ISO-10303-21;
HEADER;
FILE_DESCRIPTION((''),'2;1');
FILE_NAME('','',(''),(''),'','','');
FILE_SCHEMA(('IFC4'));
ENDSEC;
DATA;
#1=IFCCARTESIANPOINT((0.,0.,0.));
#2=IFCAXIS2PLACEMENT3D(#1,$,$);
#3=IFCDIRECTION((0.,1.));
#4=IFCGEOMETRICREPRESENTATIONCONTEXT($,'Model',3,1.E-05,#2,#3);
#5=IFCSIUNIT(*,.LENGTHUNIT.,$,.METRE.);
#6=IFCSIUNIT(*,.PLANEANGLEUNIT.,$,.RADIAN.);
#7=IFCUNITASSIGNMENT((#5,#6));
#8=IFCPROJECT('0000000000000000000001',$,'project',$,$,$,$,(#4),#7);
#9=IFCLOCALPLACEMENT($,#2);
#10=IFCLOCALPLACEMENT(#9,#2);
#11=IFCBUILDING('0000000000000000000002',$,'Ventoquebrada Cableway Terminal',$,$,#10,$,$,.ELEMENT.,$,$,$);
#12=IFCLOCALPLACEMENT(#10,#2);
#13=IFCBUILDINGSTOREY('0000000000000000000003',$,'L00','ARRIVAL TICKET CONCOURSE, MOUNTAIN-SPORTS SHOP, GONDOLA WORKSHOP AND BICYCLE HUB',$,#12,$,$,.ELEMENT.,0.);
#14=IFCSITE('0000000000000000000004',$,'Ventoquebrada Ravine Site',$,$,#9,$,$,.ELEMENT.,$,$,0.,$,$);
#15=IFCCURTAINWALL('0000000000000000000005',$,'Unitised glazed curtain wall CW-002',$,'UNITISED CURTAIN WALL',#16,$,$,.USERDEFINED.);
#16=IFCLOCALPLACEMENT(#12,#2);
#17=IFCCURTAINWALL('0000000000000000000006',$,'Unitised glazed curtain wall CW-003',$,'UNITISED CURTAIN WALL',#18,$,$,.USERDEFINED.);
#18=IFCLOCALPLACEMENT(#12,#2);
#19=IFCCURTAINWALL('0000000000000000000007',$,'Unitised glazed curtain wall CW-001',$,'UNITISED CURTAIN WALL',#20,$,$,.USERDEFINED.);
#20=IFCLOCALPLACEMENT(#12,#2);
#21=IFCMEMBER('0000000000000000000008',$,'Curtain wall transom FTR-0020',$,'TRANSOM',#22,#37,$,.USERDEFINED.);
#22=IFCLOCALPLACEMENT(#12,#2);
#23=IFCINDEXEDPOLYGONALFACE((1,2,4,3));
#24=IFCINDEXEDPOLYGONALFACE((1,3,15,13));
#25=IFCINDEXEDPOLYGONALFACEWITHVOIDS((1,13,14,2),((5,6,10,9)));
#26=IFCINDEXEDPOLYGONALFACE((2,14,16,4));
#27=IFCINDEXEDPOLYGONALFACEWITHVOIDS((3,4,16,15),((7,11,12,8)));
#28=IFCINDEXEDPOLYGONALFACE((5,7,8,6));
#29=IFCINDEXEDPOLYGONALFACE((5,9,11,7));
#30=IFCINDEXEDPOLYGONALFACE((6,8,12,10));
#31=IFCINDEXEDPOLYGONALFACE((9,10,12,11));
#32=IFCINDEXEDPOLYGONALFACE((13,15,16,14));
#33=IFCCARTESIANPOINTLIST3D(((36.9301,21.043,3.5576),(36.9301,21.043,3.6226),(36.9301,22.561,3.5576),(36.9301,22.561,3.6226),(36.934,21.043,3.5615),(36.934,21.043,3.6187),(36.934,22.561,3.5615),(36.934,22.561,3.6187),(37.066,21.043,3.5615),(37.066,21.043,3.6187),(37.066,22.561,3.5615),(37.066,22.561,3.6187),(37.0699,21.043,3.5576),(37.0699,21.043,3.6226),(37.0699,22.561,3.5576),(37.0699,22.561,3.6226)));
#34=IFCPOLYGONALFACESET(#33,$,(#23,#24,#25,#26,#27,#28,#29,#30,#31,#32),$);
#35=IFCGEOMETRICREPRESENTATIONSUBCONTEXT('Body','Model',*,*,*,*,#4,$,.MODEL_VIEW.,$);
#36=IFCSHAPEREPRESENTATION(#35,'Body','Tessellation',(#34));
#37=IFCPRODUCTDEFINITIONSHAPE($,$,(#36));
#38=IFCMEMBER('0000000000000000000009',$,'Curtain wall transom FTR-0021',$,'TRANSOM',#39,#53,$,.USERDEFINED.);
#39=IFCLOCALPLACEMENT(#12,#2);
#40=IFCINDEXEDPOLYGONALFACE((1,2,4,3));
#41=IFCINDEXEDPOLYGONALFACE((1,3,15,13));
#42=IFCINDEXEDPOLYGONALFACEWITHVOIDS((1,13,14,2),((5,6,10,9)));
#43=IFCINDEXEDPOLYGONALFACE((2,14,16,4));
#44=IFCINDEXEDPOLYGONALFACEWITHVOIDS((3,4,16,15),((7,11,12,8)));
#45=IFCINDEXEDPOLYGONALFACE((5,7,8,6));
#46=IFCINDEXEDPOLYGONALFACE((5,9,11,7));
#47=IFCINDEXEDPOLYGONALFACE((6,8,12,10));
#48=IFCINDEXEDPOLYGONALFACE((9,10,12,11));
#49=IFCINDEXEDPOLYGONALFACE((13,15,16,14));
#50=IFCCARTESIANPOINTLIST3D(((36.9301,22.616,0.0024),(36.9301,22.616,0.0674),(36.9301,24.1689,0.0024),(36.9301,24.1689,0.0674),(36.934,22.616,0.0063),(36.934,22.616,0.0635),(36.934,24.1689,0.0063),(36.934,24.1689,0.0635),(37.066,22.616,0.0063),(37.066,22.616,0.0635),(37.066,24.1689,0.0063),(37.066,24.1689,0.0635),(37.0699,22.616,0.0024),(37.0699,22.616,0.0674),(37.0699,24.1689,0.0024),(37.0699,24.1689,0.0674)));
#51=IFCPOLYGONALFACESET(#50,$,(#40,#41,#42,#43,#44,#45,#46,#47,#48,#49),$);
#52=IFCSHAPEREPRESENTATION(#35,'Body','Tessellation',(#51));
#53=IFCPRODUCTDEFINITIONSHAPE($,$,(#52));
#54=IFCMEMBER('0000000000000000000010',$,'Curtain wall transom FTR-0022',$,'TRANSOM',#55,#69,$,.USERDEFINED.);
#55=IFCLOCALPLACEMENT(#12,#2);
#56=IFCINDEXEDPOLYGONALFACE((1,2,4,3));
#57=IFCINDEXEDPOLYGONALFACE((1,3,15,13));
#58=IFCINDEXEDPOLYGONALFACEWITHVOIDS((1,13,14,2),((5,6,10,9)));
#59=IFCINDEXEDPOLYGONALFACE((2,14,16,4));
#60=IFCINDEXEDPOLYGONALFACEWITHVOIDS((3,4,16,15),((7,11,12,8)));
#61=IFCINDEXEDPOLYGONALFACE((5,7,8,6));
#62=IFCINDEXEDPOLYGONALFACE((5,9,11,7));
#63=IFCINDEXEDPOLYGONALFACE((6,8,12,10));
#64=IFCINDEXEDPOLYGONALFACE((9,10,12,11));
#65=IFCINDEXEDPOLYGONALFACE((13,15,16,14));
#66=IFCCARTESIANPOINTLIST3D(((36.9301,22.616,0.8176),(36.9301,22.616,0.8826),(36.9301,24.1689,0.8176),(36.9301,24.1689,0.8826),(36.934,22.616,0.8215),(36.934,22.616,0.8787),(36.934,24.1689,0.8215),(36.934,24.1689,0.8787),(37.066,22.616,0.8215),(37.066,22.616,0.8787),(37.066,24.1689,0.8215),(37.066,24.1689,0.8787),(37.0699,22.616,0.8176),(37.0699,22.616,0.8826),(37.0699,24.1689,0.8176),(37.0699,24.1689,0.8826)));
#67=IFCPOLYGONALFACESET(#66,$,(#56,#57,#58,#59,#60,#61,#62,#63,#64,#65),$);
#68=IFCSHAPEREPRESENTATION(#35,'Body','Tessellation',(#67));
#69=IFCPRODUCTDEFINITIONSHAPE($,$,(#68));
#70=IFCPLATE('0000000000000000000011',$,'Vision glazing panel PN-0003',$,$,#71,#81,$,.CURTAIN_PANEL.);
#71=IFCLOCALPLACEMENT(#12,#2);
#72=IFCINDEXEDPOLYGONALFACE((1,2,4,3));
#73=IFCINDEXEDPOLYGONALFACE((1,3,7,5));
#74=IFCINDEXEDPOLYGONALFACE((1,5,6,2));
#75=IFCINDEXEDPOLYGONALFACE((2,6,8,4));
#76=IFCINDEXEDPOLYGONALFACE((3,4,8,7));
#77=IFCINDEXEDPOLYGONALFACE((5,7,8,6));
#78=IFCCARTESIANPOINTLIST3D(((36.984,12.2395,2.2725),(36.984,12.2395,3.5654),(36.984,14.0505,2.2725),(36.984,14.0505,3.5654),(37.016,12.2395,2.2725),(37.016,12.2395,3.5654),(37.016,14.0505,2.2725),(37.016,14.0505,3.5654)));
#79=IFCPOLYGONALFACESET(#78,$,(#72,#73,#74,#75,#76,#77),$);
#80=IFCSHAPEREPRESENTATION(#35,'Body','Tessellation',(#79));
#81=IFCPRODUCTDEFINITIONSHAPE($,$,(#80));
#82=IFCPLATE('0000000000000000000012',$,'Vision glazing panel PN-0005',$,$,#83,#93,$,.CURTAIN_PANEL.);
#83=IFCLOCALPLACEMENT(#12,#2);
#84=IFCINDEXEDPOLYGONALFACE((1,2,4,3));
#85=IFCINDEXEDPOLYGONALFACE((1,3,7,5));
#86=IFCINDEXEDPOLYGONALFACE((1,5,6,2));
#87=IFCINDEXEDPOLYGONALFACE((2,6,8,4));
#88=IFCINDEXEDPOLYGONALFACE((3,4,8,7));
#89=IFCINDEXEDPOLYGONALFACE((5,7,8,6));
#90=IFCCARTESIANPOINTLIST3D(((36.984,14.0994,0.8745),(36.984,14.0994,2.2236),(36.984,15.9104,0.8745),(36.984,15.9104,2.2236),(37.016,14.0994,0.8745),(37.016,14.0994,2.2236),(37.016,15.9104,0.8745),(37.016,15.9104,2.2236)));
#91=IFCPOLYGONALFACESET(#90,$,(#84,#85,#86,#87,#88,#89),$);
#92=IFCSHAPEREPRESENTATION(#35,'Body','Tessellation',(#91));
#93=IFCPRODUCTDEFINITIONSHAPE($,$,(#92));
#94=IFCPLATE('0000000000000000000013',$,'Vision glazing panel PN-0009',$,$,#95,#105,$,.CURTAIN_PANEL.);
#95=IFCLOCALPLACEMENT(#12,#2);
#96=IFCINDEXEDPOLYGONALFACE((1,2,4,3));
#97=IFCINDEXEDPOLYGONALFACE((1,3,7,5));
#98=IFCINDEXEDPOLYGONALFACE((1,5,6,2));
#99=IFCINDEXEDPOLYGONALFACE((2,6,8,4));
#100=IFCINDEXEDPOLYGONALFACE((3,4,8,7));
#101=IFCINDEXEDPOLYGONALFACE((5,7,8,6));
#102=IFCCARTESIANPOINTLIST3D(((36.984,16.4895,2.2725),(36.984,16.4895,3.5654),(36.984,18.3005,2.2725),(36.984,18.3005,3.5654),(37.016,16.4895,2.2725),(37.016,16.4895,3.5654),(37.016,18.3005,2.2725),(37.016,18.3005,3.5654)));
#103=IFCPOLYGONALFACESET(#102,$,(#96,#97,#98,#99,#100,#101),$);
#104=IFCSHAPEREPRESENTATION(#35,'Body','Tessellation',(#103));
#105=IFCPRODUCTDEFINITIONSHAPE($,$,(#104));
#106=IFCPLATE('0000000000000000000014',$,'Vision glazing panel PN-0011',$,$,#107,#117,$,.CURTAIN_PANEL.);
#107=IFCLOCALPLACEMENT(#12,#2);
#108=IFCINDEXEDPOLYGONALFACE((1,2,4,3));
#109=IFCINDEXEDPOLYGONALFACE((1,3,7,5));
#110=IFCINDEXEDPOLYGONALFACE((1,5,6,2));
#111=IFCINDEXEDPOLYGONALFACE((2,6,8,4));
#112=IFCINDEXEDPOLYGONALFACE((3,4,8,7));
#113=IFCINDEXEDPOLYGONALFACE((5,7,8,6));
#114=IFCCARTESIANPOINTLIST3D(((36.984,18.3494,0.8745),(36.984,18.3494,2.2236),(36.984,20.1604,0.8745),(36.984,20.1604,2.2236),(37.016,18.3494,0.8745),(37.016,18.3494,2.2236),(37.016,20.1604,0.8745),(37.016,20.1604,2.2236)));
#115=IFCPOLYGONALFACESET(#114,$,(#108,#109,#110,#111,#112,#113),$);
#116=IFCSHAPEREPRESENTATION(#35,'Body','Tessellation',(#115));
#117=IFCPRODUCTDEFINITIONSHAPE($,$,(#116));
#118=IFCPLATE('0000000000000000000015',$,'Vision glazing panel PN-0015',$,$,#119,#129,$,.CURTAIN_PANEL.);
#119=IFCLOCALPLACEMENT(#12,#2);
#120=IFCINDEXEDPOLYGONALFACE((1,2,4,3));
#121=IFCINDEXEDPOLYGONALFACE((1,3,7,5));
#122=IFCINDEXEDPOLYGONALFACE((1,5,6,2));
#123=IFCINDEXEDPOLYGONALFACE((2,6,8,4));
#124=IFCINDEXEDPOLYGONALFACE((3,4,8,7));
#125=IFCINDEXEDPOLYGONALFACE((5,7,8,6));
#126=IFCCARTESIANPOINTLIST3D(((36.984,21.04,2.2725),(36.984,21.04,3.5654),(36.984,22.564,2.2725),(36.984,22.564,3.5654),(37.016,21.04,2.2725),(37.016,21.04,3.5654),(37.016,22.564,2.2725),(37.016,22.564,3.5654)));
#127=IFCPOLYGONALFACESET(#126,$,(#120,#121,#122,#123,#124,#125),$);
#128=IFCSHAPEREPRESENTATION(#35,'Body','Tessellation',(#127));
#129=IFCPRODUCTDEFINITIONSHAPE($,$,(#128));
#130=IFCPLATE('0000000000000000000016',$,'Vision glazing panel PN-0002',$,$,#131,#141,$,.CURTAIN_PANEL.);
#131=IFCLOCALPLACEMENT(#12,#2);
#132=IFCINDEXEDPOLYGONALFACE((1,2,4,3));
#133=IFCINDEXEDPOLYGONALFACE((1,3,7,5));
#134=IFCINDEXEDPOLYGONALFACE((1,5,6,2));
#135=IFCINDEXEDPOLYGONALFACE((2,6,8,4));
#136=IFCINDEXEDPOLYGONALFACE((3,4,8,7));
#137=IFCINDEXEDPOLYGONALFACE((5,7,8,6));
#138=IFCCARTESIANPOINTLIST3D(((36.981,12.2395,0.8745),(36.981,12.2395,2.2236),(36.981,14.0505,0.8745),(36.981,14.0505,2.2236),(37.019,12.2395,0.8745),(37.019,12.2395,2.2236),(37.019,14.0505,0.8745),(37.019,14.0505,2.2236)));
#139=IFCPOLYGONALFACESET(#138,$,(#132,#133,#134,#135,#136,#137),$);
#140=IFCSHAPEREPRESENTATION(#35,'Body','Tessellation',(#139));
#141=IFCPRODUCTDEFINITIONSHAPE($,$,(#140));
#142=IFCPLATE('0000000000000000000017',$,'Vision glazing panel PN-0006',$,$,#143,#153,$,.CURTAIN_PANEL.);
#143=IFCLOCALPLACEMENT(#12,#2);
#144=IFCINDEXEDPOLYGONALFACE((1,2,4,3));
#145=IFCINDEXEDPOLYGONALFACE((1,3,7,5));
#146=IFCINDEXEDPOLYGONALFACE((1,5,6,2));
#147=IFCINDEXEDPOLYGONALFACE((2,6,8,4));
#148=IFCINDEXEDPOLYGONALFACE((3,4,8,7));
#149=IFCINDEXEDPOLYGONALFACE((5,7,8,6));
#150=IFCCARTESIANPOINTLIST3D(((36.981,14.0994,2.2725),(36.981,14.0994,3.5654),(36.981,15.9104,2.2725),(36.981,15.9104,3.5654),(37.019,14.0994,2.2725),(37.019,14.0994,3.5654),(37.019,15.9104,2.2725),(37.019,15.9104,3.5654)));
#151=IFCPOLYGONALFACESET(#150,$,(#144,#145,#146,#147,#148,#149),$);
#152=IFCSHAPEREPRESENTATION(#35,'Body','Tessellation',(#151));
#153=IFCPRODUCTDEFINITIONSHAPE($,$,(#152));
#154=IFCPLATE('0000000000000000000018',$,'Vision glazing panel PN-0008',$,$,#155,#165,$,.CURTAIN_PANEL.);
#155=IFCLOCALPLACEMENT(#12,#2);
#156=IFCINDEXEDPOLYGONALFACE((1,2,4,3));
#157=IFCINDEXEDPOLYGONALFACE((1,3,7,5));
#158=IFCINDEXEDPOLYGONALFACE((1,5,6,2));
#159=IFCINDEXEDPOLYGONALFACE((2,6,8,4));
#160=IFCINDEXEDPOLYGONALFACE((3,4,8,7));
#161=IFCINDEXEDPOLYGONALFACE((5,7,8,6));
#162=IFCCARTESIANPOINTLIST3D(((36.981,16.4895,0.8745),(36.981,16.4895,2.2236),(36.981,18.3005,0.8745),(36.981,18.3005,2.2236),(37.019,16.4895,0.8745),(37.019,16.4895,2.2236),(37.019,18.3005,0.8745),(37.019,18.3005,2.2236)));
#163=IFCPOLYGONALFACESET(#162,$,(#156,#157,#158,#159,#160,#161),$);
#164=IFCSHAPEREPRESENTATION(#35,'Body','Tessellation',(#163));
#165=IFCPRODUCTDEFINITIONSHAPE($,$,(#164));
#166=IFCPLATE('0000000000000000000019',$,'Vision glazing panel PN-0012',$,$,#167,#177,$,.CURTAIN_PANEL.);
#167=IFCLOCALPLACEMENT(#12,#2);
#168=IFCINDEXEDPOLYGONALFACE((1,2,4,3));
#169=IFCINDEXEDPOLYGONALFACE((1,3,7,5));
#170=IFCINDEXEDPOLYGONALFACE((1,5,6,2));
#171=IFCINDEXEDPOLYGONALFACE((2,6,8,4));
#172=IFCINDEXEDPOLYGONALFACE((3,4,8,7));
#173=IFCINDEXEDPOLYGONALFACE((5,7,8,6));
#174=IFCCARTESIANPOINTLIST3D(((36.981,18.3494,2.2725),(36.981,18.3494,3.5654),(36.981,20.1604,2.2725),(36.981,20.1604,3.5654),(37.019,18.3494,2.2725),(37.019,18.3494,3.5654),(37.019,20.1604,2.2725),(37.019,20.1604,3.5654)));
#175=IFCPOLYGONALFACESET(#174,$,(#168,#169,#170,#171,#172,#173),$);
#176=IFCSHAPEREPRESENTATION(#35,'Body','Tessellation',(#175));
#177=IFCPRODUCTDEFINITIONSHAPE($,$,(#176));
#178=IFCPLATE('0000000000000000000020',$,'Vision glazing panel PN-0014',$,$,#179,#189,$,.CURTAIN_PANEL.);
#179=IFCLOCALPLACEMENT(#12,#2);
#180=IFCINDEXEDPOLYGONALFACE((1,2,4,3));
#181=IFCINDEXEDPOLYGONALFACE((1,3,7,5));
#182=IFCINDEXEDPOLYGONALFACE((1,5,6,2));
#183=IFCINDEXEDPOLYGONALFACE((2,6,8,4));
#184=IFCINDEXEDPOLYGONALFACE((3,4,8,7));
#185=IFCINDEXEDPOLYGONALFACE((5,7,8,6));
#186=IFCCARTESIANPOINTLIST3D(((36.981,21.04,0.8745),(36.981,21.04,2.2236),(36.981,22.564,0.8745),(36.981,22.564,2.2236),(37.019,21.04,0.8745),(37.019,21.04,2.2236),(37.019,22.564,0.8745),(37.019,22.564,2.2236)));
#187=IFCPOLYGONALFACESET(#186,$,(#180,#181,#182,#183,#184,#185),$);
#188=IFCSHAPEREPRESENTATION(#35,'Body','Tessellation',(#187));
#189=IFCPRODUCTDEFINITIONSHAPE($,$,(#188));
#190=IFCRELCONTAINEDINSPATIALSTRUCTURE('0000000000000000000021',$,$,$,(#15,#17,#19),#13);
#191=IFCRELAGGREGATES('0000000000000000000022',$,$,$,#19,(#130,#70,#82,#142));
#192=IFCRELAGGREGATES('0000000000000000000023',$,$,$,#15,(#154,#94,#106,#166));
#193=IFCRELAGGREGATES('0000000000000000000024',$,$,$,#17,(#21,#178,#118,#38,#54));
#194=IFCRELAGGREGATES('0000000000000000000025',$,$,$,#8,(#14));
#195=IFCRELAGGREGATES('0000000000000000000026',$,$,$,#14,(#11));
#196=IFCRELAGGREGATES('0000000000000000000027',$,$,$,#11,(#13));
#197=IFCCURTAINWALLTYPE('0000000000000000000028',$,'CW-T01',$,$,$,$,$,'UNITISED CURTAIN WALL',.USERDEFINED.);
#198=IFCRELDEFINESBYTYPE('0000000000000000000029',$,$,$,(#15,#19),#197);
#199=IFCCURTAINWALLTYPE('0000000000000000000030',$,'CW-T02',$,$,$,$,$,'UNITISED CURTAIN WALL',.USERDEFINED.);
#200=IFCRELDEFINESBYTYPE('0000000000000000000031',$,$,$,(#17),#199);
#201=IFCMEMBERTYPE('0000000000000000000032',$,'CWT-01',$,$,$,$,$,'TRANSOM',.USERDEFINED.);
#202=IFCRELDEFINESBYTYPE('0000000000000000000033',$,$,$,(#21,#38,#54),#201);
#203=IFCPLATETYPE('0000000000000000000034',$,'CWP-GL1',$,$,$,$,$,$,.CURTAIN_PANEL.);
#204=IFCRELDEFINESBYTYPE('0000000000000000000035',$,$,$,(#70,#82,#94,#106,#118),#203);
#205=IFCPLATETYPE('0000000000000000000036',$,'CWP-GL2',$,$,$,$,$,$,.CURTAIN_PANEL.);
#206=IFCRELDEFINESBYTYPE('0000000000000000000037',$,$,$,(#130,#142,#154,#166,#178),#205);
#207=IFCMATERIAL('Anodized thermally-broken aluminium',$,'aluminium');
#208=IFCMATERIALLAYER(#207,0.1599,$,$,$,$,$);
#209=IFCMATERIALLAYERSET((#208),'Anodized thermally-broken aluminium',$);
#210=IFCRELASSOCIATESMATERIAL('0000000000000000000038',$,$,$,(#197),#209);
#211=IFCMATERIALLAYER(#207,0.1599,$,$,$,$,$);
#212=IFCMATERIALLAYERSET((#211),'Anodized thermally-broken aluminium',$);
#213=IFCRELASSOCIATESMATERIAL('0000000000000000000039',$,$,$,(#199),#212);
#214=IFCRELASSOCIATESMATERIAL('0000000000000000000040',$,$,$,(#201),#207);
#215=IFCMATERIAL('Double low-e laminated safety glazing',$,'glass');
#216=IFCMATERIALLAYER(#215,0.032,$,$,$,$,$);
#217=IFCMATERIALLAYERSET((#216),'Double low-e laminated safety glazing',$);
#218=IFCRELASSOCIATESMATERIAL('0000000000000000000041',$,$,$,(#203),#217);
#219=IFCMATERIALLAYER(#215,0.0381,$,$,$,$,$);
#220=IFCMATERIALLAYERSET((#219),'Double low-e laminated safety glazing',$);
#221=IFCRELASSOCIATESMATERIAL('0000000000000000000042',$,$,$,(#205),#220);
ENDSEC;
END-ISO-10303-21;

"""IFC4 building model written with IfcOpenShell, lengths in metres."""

from ifc_helpers import new_model, si_unit, direction, frame, origin, origin_2d, place, context, subcontext, project, spatial, rectangle, hollow_rectangle, extrude, material, layer, layer_set, material_profile, profile_set, type_object, element, aggregate, save


model = new_model("IFC4")

# Units and contexts
model_context = context("Model", 3, precision=1e-05, world=origin(), true_north=direction((0.0, 1.0)))
body_context = subcontext(model_context, "Body", "Model", "MODEL_VIEW")
ifc_project = project(units=[si_unit("LENGTHUNIT", "METRE"), si_unit("PLANEANGLEUNIT", "RADIAN")], contexts=[model_context])

# Site, building, storey
site_placement = place(None, origin())
site = spatial("IfcSite", under=ifc_project, at=site_placement, Name="Ventoquebrada Ravine Site", CompositionType="ELEMENT", RefElevation=0.0)
building_placement = place(site_placement, origin())
building = spatial("IfcBuilding", under=site, at=building_placement, Name="Ventoquebrada Cableway Terminal", CompositionType="ELEMENT")
storey_placement = place(building_placement, origin())
storey = spatial("IfcBuildingStorey", under=building, at=storey_placement, Name="L00", Description="ARRIVAL TICKET CONCOURSE, MOUNTAIN-SPORTS SHOP, GONDOLA WORKSHOP AND BICYCLE HUB", CompositionType="ELEMENT", Elevation=0.0)

# Curtain walls
ifc_material_1 = material(Name="Anodized thermally-broken aluminium", Category="aluminium")
ifc_layer_1 = layer(ifc_material_1, 0.1599)
ifc_layer_set_1 = layer_set([ifc_layer_1], Name="Anodized thermally-broken aluminium")
curtain_wall_type_1 = type_object("IfcCurtainWallType", Name="CW-T01", ElementType="UNITISED CURTAIN WALL", PredefinedType="USERDEFINED", material=ifc_layer_set_1)
curtain_wall_1_placement = place(storey_placement, origin())
curtain_wall_1 = element("IfcCurtainWall", 1, at=curtain_wall_1_placement, inside=storey, type_object=curtain_wall_type_1, Name="Unitised glazed curtain wall CW-002", ObjectType="UNITISED CURTAIN WALL", PredefinedType="USERDEFINED")
ifc_layer_2 = layer(ifc_material_1, 0.1599)
ifc_layer_set_2 = layer_set([ifc_layer_2], Name="Anodized thermally-broken aluminium")
curtain_wall_type_2 = type_object("IfcCurtainWallType", Name="CW-T02", ElementType="UNITISED CURTAIN WALL", PredefinedType="USERDEFINED", material=ifc_layer_set_2)
curtain_wall_2_placement = place(storey_placement, origin())
curtain_wall_2 = element("IfcCurtainWall", 2, at=curtain_wall_2_placement, inside=storey, type_object=curtain_wall_type_2, Name="Unitised glazed curtain wall CW-003", ObjectType="UNITISED CURTAIN WALL", PredefinedType="USERDEFINED")
curtain_wall_3_placement = place(storey_placement, origin())
curtain_wall_3 = element("IfcCurtainWall", 3, at=curtain_wall_3_placement, inside=storey, type_object=curtain_wall_type_1, Name="Unitised glazed curtain wall CW-001", ObjectType="UNITISED CURTAIN WALL", PredefinedType="USERDEFINED")
ifc_material_profile_1 = material_profile(ifc_material_1, hollow_rectangle(XDim=0.0649, YDim=0.1399, WallThickness=0.0039, at=origin_2d()), Name="CW-TRN-65X140")
ifc_profile_set_1 = profile_set([ifc_material_profile_1], Name="Anodized thermally-broken aluminium")
member_type_1 = type_object("IfcMemberType", Name="CWT-01", ElementType="TRANSOM", PredefinedType="USERDEFINED", material=ifc_profile_set_1)

# Members
member_1_placement = place(storey_placement, frame((37.0, 21.043, 3.5901), z_axis=(0.0, 1.0, 0.0), x_axis=(0.0, 0.0, 1.0)))
member_1 = element("IfcMember", 4, at=member_1_placement, type_object=member_type_1, Name="Curtain wall transom FTR-0020", ObjectType="TRANSOM", PredefinedType="USERDEFINED", context=body_context, shape_type="SweptSolid", body=[
    extrude(hollow_rectangle(XDim=0.0649, YDim=0.1399, WallThickness=0.0039, at=origin_2d()), origin(), (0.0, 0.0, 1.0), 1.5181),
])
member_2_placement = place(storey_placement, frame((37.0, 22.616, 0.0349), z_axis=(0.0, 1.0, 0.0), x_axis=(0.0, 0.0, 1.0)))
member_2 = element("IfcMember", 5, at=member_2_placement, type_object=member_type_1, Name="Curtain wall transom FTR-0021", ObjectType="TRANSOM", PredefinedType="USERDEFINED", context=body_context, shape_type="SweptSolid", body=[
    extrude(hollow_rectangle(XDim=0.0649, YDim=0.1399, WallThickness=0.0039, at=origin_2d()), origin(), (0.0, 0.0, 1.0), 1.553),
])
member_3_placement = place(storey_placement, frame((37.0, 22.616, 0.8501), z_axis=(0.0, 1.0, 0.0), x_axis=(0.0, 0.0, 1.0)))
member_3 = element("IfcMember", 6, at=member_3_placement, type_object=member_type_1, Name="Curtain wall transom FTR-0022", ObjectType="TRANSOM", PredefinedType="USERDEFINED", context=body_context, shape_type="SweptSolid", body=[
    extrude(hollow_rectangle(XDim=0.0649, YDim=0.1399, WallThickness=0.0039, at=origin_2d()), origin(), (0.0, 0.0, 1.0), 1.553),
])

# Plates
ifc_material_2 = material(Name="Double low-e laminated safety glazing", Category="glass")
ifc_layer_3 = layer(ifc_material_2, 0.032)
ifc_layer_set_3 = layer_set([ifc_layer_3], Name="Double low-e laminated safety glazing")
plate_type_1 = type_object("IfcPlateType", Name="CWP-GL1", PredefinedType="CURTAIN_PANEL", material=ifc_layer_set_3)
plate_1_placement = place(storey_placement, frame((37.0, 13.145, 2.2725), z_axis=(0.0, 0.0, 1.0), x_axis=(0.0, 1.0, 0.0)))
plate_1 = element("IfcPlate", 7, at=plate_1_placement, type_object=plate_type_1, Name="Vision glazing panel PN-0003", PredefinedType="CURTAIN_PANEL", context=body_context, shape_type="SweptSolid", body=[
    extrude(rectangle(XDim=1.811, YDim=0.032, at=origin_2d()), origin(), (0.0, 0.0, 1.0), 1.293),
])
plate_2_placement = place(storey_placement, frame((37.0, 15.0049, 0.8745), z_axis=(0.0, 0.0, 1.0), x_axis=(0.0, 1.0, 0.0)))
plate_2 = element("IfcPlate", 8, at=plate_2_placement, type_object=plate_type_1, Name="Vision glazing panel PN-0005", PredefinedType="CURTAIN_PANEL", context=body_context, shape_type="SweptSolid", body=[
    extrude(rectangle(XDim=1.811, YDim=0.032, at=origin_2d()), origin(), (0.0, 0.0, 1.0), 1.3491),
])
plate_3_placement = place(storey_placement, frame((37.0, 17.395, 2.2725), z_axis=(0.0, 0.0, 1.0), x_axis=(0.0, 1.0, 0.0)))
plate_3 = element("IfcPlate", 9, at=plate_3_placement, type_object=plate_type_1, Name="Vision glazing panel PN-0009", PredefinedType="CURTAIN_PANEL", context=body_context, shape_type="SweptSolid", body=[
    extrude(rectangle(XDim=1.811, YDim=0.032, at=origin_2d()), origin(), (0.0, 0.0, 1.0), 1.293),
])
plate_4_placement = place(storey_placement, frame((37.0, 19.2549, 0.8745), z_axis=(0.0, 0.0, 1.0), x_axis=(0.0, 1.0, 0.0)))
plate_4 = element("IfcPlate", 10, at=plate_4_placement, type_object=plate_type_1, Name="Vision glazing panel PN-0011", PredefinedType="CURTAIN_PANEL", context=body_context, shape_type="SweptSolid", body=[
    extrude(rectangle(XDim=1.811, YDim=0.032, at=origin_2d()), origin(), (0.0, 0.0, 1.0), 1.3491),
])
plate_5_placement = place(storey_placement, frame((37.0, 21.802, 2.2725), z_axis=(0.0, 0.0, 1.0), x_axis=(0.0, 1.0, 0.0)))
plate_5 = element("IfcPlate", 11, at=plate_5_placement, type_object=plate_type_1, Name="Vision glazing panel PN-0015", PredefinedType="CURTAIN_PANEL", context=body_context, shape_type="SweptSolid", body=[
    extrude(rectangle(XDim=1.5239, YDim=0.032, at=origin_2d()), origin(), (0.0, 0.0, 1.0), 1.293),
])
ifc_layer_4 = layer(ifc_material_2, 0.0381)
ifc_layer_set_4 = layer_set([ifc_layer_4], Name="Double low-e laminated safety glazing")
plate_type_2 = type_object("IfcPlateType", Name="CWP-GL2", PredefinedType="CURTAIN_PANEL", material=ifc_layer_set_4)
plate_6_placement = place(storey_placement, frame((37.0, 13.145, 0.8745), z_axis=(0.0, 0.0, 1.0), x_axis=(0.0, 1.0, 0.0)))
plate_6 = element("IfcPlate", 12, at=plate_6_placement, type_object=plate_type_2, Name="Vision glazing panel PN-0002", PredefinedType="CURTAIN_PANEL", context=body_context, shape_type="SweptSolid", body=[
    extrude(rectangle(XDim=1.811, YDim=0.0381, at=origin_2d()), origin(), (0.0, 0.0, 1.0), 1.3491),
])
plate_7_placement = place(storey_placement, frame((37.0, 15.0049, 2.2725), z_axis=(0.0, 0.0, 1.0), x_axis=(0.0, 1.0, 0.0)))
plate_7 = element("IfcPlate", 13, at=plate_7_placement, type_object=plate_type_2, Name="Vision glazing panel PN-0006", PredefinedType="CURTAIN_PANEL", context=body_context, shape_type="SweptSolid", body=[
    extrude(rectangle(XDim=1.811, YDim=0.0381, at=origin_2d()), origin(), (0.0, 0.0, 1.0), 1.293),
])
plate_8_placement = place(storey_placement, frame((37.0, 17.395, 0.8745), z_axis=(0.0, 0.0, 1.0), x_axis=(0.0, 1.0, 0.0)))
plate_8 = element("IfcPlate", 14, at=plate_8_placement, type_object=plate_type_2, Name="Vision glazing panel PN-0008", PredefinedType="CURTAIN_PANEL", context=body_context, shape_type="SweptSolid", body=[
    extrude(rectangle(XDim=1.811, YDim=0.0381, at=origin_2d()), origin(), (0.0, 0.0, 1.0), 1.3491),
])
plate_9_placement = place(storey_placement, frame((37.0, 19.2549, 2.2725), z_axis=(0.0, 0.0, 1.0), x_axis=(0.0, 1.0, 0.0)))
plate_9 = element("IfcPlate", 15, at=plate_9_placement, type_object=plate_type_2, Name="Vision glazing panel PN-0012", PredefinedType="CURTAIN_PANEL", context=body_context, shape_type="SweptSolid", body=[
    extrude(rectangle(XDim=1.811, YDim=0.0381, at=origin_2d()), origin(), (0.0, 0.0, 1.0), 1.293),
])
plate_10_placement = place(storey_placement, frame((37.0, 21.802, 0.8745), z_axis=(0.0, 0.0, 1.0), x_axis=(0.0, 1.0, 0.0)))
plate_10 = element("IfcPlate", 16, at=plate_10_placement, type_object=plate_type_2, Name="Vision glazing panel PN-0014", PredefinedType="CURTAIN_PANEL", context=body_context, shape_type="SweptSolid", body=[
    extrude(rectangle(XDim=1.5239, YDim=0.0381, at=origin_2d()), origin(), (0.0, 0.0, 1.0), 1.3491),
])
aggregate(curtain_wall_3, [plate_6, plate_1, plate_2, plate_7])
aggregate(curtain_wall_1, [plate_8, plate_3, plate_4, plate_9])
aggregate(curtain_wall_2, [member_1, plate_10, plate_5, member_2, member_3])

save(model, "model.ifc")
